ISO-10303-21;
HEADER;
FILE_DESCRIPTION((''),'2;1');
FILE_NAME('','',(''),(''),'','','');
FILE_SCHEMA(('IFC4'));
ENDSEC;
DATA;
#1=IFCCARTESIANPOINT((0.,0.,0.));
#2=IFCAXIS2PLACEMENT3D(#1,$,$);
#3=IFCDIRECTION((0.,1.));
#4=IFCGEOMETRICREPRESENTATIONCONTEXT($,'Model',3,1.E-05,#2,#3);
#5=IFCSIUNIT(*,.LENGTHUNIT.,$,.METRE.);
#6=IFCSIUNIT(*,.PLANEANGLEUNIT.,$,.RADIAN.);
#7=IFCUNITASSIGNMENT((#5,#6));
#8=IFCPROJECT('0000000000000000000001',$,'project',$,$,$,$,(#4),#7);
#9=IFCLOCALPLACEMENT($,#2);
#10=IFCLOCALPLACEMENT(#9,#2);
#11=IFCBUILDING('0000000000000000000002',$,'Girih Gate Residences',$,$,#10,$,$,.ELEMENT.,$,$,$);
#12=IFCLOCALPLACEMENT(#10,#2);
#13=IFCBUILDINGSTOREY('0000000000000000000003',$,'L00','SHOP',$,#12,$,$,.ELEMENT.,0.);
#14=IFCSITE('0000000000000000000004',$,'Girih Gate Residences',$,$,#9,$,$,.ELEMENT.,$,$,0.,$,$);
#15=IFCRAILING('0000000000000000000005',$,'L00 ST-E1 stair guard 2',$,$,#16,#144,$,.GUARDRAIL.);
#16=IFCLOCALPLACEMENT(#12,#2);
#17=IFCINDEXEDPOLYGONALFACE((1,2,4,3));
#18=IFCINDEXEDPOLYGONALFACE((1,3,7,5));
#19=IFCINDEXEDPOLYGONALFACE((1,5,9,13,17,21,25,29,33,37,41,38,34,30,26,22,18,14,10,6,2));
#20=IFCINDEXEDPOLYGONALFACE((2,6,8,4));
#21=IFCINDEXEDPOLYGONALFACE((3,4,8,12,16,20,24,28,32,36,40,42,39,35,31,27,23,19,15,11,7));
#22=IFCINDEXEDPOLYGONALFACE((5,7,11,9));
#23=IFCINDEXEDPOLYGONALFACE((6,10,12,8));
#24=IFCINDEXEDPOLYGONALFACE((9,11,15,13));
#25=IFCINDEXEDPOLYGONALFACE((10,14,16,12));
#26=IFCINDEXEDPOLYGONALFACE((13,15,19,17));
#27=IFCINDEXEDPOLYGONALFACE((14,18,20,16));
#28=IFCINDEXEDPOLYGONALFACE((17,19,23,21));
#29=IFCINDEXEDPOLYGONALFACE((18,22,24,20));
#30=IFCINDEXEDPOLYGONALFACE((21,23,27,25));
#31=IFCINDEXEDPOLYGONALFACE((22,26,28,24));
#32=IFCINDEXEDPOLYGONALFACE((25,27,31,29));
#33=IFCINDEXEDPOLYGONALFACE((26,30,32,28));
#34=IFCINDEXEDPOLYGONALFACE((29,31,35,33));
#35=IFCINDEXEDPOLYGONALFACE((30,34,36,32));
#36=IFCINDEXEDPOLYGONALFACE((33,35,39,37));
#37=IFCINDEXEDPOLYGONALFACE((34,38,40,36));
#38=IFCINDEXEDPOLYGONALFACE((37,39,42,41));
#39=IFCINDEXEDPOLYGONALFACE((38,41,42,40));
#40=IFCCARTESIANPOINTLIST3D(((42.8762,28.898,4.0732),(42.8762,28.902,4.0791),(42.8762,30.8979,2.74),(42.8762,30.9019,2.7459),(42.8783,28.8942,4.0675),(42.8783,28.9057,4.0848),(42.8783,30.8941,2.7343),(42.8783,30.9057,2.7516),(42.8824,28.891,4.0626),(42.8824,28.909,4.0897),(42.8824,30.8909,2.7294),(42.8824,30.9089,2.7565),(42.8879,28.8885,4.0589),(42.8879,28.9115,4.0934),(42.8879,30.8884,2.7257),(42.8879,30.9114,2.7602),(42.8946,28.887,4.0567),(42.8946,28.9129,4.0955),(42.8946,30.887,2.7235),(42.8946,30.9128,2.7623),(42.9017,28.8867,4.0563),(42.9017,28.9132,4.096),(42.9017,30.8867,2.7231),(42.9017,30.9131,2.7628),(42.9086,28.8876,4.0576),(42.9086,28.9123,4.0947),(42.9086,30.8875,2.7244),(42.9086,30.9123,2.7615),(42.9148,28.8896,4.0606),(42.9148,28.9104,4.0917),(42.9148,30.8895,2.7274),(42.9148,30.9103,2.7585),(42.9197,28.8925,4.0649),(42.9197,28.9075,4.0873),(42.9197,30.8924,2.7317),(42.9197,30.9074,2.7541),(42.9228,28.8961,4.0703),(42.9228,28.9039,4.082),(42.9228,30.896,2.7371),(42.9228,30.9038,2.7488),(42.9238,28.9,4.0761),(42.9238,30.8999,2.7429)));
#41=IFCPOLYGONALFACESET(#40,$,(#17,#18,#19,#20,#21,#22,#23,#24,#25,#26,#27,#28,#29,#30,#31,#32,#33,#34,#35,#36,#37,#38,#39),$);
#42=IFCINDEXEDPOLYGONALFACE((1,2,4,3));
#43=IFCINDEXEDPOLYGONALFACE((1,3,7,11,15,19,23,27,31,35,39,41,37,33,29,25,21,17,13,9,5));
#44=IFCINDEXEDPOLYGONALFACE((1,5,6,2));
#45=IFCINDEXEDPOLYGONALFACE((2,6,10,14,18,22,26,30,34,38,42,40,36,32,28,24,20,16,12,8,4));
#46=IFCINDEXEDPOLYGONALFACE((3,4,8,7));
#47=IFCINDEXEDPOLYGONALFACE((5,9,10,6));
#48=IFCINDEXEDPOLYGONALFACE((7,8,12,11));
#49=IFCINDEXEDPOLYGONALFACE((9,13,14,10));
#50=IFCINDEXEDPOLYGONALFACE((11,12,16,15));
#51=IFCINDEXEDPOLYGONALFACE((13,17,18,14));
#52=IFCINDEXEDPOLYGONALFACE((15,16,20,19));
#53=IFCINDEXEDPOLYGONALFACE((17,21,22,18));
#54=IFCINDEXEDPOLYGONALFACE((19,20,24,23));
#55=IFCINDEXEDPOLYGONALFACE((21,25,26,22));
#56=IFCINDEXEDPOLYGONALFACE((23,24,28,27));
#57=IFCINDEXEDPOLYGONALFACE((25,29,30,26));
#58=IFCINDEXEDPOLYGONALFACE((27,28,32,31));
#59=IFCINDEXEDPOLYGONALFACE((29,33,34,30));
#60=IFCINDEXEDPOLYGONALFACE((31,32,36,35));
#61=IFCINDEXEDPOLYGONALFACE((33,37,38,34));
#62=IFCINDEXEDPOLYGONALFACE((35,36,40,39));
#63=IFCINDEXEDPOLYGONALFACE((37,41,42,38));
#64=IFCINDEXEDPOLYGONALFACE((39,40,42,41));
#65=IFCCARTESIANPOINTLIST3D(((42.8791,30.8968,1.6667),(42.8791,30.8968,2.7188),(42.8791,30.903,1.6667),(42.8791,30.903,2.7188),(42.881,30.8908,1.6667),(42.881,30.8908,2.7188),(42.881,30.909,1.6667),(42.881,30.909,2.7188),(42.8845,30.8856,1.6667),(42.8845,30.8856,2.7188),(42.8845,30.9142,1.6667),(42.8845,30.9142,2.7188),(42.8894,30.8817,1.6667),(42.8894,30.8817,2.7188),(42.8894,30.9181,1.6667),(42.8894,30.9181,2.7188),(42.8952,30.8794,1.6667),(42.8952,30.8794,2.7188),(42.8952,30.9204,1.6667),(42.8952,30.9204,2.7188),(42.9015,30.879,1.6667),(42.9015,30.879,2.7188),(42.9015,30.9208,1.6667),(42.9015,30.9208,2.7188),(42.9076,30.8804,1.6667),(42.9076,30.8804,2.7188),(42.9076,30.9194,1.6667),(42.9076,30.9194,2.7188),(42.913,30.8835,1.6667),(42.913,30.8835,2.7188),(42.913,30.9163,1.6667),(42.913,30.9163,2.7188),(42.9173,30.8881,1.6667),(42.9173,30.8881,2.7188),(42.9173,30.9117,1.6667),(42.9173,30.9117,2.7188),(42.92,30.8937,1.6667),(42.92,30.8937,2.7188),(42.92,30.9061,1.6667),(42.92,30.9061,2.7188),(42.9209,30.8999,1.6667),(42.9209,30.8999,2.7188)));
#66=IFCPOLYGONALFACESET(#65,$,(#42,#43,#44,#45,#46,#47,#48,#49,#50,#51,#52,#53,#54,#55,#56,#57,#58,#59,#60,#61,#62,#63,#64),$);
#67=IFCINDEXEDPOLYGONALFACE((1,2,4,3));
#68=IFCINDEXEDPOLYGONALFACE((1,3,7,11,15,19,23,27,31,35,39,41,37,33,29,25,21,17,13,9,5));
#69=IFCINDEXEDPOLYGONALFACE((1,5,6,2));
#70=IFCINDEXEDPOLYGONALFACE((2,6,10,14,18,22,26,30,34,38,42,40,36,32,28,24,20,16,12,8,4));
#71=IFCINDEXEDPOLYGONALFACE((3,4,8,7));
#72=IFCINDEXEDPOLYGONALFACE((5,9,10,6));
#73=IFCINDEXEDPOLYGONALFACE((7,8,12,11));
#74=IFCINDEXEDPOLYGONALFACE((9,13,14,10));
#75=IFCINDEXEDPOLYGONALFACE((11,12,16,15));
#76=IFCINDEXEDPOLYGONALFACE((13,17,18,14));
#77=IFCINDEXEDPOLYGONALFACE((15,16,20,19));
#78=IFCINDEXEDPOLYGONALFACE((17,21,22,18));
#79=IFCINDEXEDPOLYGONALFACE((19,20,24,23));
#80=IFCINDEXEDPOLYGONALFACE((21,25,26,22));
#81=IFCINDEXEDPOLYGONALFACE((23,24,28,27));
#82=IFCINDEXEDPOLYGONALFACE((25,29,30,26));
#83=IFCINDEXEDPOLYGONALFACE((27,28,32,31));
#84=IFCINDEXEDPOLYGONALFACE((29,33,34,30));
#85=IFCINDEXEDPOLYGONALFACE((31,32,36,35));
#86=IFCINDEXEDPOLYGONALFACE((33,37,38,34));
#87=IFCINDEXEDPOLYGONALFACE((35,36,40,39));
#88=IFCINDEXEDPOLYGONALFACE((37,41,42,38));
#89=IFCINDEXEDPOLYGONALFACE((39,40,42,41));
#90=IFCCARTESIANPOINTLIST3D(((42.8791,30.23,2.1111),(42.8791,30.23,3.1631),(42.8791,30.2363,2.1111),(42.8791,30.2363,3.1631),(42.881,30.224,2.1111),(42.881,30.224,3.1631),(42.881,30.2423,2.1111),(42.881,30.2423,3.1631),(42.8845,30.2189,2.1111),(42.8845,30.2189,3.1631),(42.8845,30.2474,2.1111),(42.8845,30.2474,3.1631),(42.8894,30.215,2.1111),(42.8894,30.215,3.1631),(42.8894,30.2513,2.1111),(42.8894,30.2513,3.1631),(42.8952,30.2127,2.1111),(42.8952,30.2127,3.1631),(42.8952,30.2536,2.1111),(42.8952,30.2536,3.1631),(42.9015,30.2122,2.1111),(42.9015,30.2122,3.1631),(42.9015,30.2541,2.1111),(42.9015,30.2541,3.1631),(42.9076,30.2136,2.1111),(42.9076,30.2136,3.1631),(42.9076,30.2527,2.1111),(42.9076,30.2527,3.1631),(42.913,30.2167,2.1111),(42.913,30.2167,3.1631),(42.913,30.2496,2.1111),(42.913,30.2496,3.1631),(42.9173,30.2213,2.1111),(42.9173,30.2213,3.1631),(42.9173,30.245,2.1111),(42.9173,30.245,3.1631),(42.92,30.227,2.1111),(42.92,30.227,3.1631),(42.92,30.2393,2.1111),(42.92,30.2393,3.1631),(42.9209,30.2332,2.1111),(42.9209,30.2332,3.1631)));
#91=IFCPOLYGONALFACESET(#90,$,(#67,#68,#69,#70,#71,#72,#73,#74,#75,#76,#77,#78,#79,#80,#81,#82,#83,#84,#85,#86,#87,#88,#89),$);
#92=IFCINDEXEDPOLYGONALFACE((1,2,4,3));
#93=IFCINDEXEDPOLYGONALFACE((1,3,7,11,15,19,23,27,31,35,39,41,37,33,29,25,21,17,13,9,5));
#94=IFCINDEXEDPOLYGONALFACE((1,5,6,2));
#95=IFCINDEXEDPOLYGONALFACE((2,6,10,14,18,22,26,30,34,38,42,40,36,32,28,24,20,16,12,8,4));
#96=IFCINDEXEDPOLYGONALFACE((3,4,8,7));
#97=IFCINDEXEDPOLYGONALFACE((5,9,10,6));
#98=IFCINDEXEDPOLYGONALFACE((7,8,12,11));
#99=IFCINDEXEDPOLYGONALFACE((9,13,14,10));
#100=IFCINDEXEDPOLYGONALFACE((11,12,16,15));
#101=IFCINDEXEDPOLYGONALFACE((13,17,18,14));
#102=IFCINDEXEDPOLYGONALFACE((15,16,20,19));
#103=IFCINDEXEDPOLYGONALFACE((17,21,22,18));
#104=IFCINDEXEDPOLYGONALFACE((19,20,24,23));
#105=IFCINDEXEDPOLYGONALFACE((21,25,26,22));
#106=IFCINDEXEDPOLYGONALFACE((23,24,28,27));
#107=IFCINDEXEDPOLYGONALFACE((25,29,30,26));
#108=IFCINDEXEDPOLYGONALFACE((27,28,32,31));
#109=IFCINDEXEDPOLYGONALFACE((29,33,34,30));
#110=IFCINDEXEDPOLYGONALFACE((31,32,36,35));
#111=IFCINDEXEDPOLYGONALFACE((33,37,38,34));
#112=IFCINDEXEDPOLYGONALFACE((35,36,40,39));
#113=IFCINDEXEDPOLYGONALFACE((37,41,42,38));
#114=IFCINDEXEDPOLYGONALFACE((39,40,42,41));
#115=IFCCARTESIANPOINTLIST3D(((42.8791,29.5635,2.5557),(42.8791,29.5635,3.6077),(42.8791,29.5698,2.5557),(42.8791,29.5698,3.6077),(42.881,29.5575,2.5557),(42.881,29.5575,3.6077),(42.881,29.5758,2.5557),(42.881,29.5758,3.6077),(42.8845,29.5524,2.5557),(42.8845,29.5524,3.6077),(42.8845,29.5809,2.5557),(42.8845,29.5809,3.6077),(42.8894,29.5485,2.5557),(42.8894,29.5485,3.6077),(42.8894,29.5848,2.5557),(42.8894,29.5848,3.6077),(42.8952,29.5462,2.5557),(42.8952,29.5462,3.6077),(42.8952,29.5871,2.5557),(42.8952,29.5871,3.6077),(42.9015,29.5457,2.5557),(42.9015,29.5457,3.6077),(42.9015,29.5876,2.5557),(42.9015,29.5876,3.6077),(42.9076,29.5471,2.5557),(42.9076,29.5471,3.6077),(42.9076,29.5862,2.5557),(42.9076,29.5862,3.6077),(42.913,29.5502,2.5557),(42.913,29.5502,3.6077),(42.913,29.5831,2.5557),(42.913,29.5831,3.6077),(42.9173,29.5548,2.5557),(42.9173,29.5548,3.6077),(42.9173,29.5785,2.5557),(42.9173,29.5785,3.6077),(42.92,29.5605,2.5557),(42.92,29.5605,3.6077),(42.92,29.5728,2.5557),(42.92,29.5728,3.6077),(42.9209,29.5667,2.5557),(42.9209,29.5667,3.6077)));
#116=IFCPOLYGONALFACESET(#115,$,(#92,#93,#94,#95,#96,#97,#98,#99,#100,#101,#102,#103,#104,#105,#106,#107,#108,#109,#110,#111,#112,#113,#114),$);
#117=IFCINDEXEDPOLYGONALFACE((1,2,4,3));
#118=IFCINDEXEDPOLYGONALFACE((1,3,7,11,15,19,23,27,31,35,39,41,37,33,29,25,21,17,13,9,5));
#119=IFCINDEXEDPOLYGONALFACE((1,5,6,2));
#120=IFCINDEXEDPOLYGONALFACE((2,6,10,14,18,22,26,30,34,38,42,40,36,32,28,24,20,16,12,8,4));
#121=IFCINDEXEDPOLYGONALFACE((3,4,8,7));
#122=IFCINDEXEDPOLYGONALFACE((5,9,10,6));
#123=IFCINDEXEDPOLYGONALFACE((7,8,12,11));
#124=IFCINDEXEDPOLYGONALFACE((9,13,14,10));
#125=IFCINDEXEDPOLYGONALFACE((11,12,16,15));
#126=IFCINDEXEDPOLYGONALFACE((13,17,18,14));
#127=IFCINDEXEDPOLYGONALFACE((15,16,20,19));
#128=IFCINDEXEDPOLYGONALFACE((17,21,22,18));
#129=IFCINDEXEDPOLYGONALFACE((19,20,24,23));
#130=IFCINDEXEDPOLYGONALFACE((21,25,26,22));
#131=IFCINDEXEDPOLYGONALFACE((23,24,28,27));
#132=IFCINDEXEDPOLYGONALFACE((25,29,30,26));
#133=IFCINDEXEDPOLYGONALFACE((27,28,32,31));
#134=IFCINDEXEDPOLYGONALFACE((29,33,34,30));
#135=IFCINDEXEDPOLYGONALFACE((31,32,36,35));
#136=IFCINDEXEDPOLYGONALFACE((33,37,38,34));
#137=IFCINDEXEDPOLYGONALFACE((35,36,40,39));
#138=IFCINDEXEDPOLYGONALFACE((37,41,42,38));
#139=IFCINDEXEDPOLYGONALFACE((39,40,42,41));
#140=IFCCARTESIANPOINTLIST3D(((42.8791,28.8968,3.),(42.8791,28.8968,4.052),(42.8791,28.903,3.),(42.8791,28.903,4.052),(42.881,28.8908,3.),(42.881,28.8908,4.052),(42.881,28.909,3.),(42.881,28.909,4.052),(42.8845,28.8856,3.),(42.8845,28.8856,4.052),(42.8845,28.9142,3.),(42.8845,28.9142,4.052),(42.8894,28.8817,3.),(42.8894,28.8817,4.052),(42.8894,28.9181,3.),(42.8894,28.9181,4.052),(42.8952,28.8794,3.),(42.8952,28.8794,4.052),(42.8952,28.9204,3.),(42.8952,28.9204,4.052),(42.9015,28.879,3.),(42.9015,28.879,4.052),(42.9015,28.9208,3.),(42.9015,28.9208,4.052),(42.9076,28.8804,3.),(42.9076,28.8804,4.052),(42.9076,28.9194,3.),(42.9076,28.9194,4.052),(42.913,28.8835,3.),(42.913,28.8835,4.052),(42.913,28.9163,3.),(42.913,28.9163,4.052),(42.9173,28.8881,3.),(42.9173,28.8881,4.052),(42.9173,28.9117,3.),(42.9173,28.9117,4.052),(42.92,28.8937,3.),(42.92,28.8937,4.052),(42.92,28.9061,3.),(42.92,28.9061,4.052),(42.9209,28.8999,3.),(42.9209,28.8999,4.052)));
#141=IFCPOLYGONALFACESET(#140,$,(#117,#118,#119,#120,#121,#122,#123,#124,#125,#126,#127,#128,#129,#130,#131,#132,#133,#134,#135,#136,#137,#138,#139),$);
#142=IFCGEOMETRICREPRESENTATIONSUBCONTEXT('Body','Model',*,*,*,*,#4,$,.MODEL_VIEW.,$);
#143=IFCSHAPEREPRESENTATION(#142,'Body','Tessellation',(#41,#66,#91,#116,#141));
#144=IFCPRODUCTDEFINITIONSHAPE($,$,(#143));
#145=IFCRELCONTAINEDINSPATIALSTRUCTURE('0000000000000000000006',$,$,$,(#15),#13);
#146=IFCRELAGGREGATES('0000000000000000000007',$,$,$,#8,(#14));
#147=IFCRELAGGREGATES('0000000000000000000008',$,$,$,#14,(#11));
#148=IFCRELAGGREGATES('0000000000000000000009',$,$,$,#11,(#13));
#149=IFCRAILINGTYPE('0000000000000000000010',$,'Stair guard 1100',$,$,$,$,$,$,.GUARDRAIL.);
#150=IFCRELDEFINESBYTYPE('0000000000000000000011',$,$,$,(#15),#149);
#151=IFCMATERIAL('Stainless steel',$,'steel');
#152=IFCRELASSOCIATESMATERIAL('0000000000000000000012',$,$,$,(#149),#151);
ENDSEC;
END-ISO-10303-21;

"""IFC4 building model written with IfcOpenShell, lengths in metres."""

from ifc_helpers import new_model, si_unit, direction, frame, origin, origin_2d, place, context, subcontext, project, spatial, circle, extrude, material, type_object, element, save


model = new_model("IFC4")

# Units and contexts
model_context = context("Model", 3, precision=1e-05, world=origin(), true_north=direction((0.0, 1.0)))
body_context = subcontext(model_context, "Body", "Model", "MODEL_VIEW")
ifc_project = project(units=[si_unit("LENGTHUNIT", "METRE"), si_unit("PLANEANGLEUNIT", "RADIAN")], contexts=[model_context])

# Site, building, storey
site_placement = place(None, origin())
site = spatial("IfcSite", under=ifc_project, at=site_placement, Name="Girih Gate Residences", CompositionType="ELEMENT", RefElevation=0.0)
building_placement = place(site_placement, origin())
building = spatial("IfcBuilding", under=site, at=building_placement, Name="Girih Gate Residences", CompositionType="ELEMENT")
storey_placement = place(building_placement, origin())
storey = spatial("IfcBuildingStorey", under=building, at=storey_placement, Name="L00", Description="SHOP", CompositionType="ELEMENT", Elevation=0.0)

# Railing
ifc_material_1 = material(Name="Stainless steel", Category="steel")
railing_type_1 = type_object("IfcRailingType", Name="Stair guard 1100", PredefinedType="GUARDRAIL", material=ifc_material_1)
railing_1_placement = place(storey_placement, frame((42.8999, 30.8999, 1.6667)))
element("IfcRailing", 1, at=railing_1_placement, inside=storey, type_object=railing_type_1, Name="L00 ST-E1 stair guard 2", PredefinedType="GUARDRAIL", context=body_context, shape_type="SweptSolid", body=[
    extrude(circle(Radius=0.0239, at=origin_2d()), frame((0.0, 0.0, 1.0762), z_axis=(0.0, -0.832066, 0.554677), x_axis=(1.0, 0.0, 0.0)), (0.0, 0.0, 1.0), 2.4036),
    extrude(circle(Radius=0.021, at=origin_2d()), origin(), (0.0, 0.0, 1.0), 1.052),
    extrude(circle(Radius=0.021, at=origin_2d()), frame((0.0, -0.6667, 0.4443)), (0.0, 0.0, 1.0), 1.052),
    extrude(circle(Radius=0.021, at=origin_2d()), frame((0.0, -1.3333, 0.8889)), (0.0, 0.0, 1.0), 1.052),
    extrude(circle(Radius=0.021, at=origin_2d()), frame((0.0, -2.0, 1.3333)), (0.0, 0.0, 1.0), 1.052),
])

save(model, "model.ifc")
